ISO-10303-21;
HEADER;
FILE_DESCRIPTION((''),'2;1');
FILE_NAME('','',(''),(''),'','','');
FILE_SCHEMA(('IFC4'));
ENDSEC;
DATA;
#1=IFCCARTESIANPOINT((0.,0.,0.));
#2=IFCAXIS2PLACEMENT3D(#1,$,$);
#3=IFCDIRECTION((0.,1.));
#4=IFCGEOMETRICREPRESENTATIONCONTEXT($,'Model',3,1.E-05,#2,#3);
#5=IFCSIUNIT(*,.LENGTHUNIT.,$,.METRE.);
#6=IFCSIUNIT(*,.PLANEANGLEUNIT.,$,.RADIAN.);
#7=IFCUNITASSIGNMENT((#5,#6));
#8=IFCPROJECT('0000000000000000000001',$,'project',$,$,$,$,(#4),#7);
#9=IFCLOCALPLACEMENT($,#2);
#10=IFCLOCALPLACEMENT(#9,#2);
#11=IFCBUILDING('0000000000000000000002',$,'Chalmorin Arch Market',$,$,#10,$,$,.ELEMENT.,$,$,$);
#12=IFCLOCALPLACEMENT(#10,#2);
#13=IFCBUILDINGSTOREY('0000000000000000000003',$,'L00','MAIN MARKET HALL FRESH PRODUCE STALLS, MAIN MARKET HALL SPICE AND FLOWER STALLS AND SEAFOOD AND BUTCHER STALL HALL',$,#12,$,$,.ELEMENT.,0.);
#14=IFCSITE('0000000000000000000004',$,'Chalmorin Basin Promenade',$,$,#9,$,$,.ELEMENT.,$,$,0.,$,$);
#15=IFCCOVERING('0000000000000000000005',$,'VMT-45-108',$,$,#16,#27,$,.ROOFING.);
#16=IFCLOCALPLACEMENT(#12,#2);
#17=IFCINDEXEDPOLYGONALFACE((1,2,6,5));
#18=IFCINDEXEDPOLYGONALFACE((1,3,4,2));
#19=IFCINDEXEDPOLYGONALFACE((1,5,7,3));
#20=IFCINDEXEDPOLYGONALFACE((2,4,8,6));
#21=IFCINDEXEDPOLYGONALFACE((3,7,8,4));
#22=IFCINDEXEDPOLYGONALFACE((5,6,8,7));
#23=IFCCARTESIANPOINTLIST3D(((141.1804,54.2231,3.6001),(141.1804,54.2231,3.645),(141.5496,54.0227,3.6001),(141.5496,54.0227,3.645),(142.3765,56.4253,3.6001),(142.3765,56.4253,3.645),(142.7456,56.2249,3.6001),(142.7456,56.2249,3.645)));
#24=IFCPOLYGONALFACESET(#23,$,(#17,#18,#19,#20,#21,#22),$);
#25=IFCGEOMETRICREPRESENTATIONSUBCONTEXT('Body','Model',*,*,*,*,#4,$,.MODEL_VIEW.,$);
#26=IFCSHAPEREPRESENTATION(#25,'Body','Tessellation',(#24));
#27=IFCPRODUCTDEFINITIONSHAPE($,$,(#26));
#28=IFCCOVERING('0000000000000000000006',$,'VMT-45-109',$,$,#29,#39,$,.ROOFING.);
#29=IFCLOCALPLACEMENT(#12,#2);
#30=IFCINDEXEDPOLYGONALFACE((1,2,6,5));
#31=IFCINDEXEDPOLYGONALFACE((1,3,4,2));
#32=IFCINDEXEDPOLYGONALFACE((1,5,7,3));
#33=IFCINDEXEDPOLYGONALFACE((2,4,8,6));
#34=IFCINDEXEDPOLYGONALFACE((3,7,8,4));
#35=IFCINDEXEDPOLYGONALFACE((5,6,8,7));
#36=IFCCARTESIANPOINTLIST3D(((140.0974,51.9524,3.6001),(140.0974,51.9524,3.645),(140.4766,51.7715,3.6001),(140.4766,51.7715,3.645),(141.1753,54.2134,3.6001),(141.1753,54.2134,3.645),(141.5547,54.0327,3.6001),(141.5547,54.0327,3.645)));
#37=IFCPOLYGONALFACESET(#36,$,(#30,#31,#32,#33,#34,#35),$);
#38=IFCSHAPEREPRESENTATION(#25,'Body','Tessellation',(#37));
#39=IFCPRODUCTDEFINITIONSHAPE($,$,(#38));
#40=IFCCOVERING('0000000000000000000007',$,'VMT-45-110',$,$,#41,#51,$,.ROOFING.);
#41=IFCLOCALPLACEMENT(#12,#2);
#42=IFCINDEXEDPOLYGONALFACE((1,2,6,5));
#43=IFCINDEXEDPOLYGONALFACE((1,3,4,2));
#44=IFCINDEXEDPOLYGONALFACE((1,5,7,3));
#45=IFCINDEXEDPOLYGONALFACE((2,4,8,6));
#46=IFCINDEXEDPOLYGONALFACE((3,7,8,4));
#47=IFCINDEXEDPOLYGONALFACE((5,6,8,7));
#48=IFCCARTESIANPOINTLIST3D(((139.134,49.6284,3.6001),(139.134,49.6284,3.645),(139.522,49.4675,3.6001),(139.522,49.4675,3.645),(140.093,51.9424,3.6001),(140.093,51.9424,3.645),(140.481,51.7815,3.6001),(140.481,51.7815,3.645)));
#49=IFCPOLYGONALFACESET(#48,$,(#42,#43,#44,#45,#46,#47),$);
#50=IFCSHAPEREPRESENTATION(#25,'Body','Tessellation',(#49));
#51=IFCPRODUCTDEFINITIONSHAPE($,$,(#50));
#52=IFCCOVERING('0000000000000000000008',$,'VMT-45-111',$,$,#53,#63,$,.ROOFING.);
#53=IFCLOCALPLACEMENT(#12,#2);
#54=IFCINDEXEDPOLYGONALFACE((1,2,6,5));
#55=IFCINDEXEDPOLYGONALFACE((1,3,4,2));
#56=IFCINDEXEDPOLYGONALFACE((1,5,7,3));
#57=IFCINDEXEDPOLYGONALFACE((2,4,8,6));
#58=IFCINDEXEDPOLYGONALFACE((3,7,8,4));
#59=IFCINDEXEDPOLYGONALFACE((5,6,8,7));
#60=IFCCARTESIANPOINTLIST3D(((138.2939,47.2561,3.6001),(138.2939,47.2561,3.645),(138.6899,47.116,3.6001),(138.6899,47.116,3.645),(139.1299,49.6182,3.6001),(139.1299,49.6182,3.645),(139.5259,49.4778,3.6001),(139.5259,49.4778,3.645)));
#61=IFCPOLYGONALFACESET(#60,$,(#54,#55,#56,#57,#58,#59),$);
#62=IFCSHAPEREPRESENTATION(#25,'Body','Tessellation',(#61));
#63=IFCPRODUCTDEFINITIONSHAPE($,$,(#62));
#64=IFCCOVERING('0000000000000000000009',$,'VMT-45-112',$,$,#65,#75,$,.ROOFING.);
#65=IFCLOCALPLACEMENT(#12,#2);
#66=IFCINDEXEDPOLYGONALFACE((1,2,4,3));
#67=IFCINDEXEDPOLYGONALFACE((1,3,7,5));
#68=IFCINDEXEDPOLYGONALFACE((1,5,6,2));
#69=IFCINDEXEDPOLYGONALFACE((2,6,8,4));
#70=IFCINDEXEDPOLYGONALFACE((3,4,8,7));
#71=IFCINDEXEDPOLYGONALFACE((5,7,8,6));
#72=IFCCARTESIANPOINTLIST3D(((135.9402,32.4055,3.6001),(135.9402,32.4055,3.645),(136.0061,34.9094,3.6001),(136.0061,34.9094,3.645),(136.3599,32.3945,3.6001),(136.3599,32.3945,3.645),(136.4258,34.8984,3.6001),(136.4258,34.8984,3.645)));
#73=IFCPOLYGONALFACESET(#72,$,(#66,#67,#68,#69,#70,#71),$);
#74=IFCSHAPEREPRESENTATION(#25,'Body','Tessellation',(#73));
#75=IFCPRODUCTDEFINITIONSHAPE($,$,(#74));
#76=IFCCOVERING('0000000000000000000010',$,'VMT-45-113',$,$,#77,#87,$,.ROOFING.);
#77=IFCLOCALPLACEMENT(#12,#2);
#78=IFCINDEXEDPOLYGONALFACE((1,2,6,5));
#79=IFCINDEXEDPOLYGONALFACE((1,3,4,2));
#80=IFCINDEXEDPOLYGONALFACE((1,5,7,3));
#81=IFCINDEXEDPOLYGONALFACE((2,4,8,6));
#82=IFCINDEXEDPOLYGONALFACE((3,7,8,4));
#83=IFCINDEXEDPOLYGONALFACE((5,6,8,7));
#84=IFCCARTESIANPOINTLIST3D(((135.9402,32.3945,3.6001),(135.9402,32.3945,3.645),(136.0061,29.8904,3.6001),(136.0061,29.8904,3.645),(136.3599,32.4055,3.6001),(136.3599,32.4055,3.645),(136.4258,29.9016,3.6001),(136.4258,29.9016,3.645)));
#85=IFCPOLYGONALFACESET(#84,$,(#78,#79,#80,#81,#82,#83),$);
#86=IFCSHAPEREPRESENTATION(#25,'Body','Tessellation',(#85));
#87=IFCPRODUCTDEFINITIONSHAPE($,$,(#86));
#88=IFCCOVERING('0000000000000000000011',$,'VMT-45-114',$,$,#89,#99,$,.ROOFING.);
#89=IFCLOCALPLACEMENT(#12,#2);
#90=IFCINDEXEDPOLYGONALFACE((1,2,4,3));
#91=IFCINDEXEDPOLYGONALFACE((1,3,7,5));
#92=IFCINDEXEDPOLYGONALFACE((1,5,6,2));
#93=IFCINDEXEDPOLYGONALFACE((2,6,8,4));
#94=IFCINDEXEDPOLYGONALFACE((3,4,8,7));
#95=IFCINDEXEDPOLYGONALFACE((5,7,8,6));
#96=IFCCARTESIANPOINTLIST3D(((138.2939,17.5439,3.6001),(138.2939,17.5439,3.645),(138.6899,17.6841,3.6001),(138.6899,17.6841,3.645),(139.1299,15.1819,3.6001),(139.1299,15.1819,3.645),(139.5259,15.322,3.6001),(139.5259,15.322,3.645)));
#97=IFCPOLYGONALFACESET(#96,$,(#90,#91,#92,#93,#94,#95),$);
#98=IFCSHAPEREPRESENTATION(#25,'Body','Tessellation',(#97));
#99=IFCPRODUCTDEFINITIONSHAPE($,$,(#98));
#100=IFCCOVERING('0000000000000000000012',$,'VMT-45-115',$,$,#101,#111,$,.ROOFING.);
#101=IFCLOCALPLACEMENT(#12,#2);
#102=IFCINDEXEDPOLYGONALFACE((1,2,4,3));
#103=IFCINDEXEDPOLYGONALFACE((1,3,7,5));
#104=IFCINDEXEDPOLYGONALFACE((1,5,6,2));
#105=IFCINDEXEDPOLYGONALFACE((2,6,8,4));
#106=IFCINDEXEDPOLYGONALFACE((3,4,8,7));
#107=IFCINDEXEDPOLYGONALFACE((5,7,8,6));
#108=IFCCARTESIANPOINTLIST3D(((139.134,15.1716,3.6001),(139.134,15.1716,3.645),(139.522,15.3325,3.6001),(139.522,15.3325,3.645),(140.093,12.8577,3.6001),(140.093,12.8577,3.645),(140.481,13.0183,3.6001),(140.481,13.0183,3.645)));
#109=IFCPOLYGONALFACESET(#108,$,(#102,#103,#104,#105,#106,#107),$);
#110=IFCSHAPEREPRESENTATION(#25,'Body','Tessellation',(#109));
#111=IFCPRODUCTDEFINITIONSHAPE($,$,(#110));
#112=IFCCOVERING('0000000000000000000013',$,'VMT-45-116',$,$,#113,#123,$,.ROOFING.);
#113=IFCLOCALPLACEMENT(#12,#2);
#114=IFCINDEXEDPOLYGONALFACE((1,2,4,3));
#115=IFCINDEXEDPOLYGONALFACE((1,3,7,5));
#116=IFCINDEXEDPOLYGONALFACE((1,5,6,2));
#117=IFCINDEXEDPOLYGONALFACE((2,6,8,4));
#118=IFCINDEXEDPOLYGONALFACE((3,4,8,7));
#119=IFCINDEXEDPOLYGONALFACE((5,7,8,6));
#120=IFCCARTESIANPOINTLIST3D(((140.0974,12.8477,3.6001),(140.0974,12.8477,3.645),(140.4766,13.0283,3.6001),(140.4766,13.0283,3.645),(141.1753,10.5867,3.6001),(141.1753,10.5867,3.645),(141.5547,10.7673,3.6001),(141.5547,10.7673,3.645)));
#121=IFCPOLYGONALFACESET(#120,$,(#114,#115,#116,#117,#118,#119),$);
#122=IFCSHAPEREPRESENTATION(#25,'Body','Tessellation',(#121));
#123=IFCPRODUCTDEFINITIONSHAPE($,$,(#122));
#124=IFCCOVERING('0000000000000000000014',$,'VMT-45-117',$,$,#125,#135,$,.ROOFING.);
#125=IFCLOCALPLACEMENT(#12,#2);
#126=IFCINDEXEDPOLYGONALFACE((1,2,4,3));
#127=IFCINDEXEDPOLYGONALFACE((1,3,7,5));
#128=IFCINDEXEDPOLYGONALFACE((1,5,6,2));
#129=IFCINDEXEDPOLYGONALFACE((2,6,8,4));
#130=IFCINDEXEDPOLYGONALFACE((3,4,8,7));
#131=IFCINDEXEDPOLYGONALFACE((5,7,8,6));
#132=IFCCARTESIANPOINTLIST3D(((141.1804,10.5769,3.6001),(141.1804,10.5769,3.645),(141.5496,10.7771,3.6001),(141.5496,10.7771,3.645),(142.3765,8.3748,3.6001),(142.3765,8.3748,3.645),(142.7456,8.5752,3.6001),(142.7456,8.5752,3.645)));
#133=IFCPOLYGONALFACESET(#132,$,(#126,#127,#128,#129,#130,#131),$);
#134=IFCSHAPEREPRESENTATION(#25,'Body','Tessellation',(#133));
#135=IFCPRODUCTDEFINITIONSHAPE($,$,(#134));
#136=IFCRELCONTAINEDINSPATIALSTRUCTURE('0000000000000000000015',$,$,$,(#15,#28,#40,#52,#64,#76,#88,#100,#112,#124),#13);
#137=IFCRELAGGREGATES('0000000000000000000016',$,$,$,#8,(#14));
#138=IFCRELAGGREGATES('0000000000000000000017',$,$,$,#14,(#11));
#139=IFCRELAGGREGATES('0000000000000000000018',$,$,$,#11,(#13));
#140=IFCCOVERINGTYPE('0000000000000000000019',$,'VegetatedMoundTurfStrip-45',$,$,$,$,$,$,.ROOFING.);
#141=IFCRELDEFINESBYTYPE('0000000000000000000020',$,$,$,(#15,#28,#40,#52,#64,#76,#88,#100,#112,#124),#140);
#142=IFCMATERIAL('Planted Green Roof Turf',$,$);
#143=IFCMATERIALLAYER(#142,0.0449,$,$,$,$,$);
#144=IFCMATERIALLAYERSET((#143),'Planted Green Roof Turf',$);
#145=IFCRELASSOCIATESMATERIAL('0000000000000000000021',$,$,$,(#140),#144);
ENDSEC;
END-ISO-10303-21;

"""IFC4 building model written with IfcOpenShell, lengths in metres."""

from ifc_helpers import new_model, si_unit, direction, frame, origin, place, context, subcontext, project, spatial, polyline, outline, extrude, material, layer, layer_set, type_object, element, save


model = new_model("IFC4")

# Units and contexts
model_context = context("Model", 3, precision=1e-05, world=origin(), true_north=direction((0.0, 1.0)))
body_context = subcontext(model_context, "Body", "Model", "MODEL_VIEW")
ifc_project = project(units=[si_unit("LENGTHUNIT", "METRE"), si_unit("PLANEANGLEUNIT", "RADIAN")], contexts=[model_context])

# Site, building, storey
site_placement = place(None, origin())
site = spatial("IfcSite", under=ifc_project, at=site_placement, Name="Chalmorin Basin Promenade", CompositionType="ELEMENT", RefElevation=0.0)
building_placement = place(site_placement, origin())
building = spatial("IfcBuilding", under=site, at=building_placement, Name="Chalmorin Arch Market", CompositionType="ELEMENT")
storey_placement = place(building_placement, origin())
storey = spatial("IfcBuildingStorey", under=building, at=storey_placement, Name="L00", Description="MAIN MARKET HALL FRESH PRODUCE STALLS, MAIN MARKET HALL SPICE AND FLOWER STALLS AND SEAFOOD AND BUTCHER STALL HALL", CompositionType="ELEMENT", Elevation=0.0)

# Coverings
ifc_material_1 = material(Name="Planted Green Roof Turf")
ifc_layer_1 = layer(ifc_material_1, 0.0449)
ifc_layer_set_1 = layer_set([ifc_layer_1], Name="Planted Green Roof Turf")
covering_type = type_object("IfcCoveringType", Name="VegetatedMoundTurfStrip-45", PredefinedType="ROOFING", material=ifc_layer_set_1)
covering_1_placement = place(storey_placement, frame((0.0, 0.0, 3.6001)))
element("IfcCovering", 1, at=covering_1_placement, inside=storey, type_object=covering_type, Name="VMT-45-108", PredefinedType="ROOFING", context=body_context, shape_type="SweptSolid", body=[
    extrude(outline(polyline([(142.3765, 56.4253), (141.1804, 54.2231), (141.5496, 54.0227), (142.7456, 56.2249), (142.3765, 56.4253)])), origin(), (0.0, 0.0, 1.0), 0.0449),
])
covering_2_placement = place(storey_placement, frame((0.0, 0.0, 3.6001)))
element("IfcCovering", 2, at=covering_2_placement, inside=storey, type_object=covering_type, Name="VMT-45-109", PredefinedType="ROOFING", context=body_context, shape_type="SweptSolid", body=[
    extrude(outline(polyline([(141.1753, 54.2134), (140.0974, 51.9524), (140.4766, 51.7715), (141.5547, 54.0327), (141.1753, 54.2134)])), origin(), (0.0, 0.0, 1.0), 0.0449),
])
covering_3_placement = place(storey_placement, frame((0.0, 0.0, 3.6001)))
element("IfcCovering", 3, at=covering_3_placement, inside=storey, type_object=covering_type, Name="VMT-45-110", PredefinedType="ROOFING", context=body_context, shape_type="SweptSolid", body=[
    extrude(outline(polyline([(140.093, 51.9424), (139.134, 49.6284), (139.522, 49.4675), (140.481, 51.7815), (140.093, 51.9424)])), origin(), (0.0, 0.0, 1.0), 0.0449),
])
covering_4_placement = place(storey_placement, frame((0.0, 0.0, 3.6001)))
element("IfcCovering", 4, at=covering_4_placement, inside=storey, type_object=covering_type, Name="VMT-45-111", PredefinedType="ROOFING", context=body_context, shape_type="SweptSolid", body=[
    extrude(outline(polyline([(139.1299, 49.6182), (138.2939, 47.2561), (138.6899, 47.116), (139.5259, 49.4778), (139.1299, 49.6182)])), origin(), (0.0, 0.0, 1.0), 0.0449),
])
covering_5_placement = place(storey_placement, frame((0.0, 0.0, 3.6001)))
element("IfcCovering", 5, at=covering_5_placement, inside=storey, type_object=covering_type, Name="VMT-45-112", PredefinedType="ROOFING", context=body_context, shape_type="SweptSolid", body=[
    extrude(outline(polyline([(136.0061, 34.9094), (135.9402, 32.4055), (136.3599, 32.3945), (136.4258, 34.8984), (136.0061, 34.9094)])), origin(), (0.0, 0.0, 1.0), 0.0449),
])
covering_6_placement = place(storey_placement, frame((0.0, 0.0, 3.6001)))
element("IfcCovering", 6, at=covering_6_placement, inside=storey, type_object=covering_type, Name="VMT-45-113", PredefinedType="ROOFING", context=body_context, shape_type="SweptSolid", body=[
    extrude(outline(polyline([(135.9402, 32.3945), (136.0061, 29.8904), (136.4258, 29.9016), (136.3599, 32.4055), (135.9402, 32.3945)])), origin(), (0.0, 0.0, 1.0), 0.0449),
])
covering_7_placement = place(storey_placement, frame((0.0, 0.0, 3.6001)))
element("IfcCovering", 7, at=covering_7_placement, inside=storey, type_object=covering_type, Name="VMT-45-114", PredefinedType="ROOFING", context=body_context, shape_type="SweptSolid", body=[
    extrude(outline(polyline([(138.2939, 17.5439), (139.1299, 15.1819), (139.5259, 15.322), (138.6899, 17.6841), (138.2939, 17.5439)])), origin(), (0.0, 0.0, 1.0), 0.0449),
])
covering_8_placement = place(storey_placement, frame((0.0, 0.0, 3.6001)))
element("IfcCovering", 8, at=covering_8_placement, inside=storey, type_object=covering_type, Name="VMT-45-115", PredefinedType="ROOFING", context=body_context, shape_type="SweptSolid", body=[
    extrude(outline(polyline([(139.134, 15.1716), (140.093, 12.8577), (140.481, 13.0183), (139.522, 15.3325), (139.134, 15.1716)])), origin(), (0.0, 0.0, 1.0), 0.0449),
])
covering_9_placement = place(storey_placement, frame((0.0, 0.0, 3.6001)))
element("IfcCovering", 9, at=covering_9_placement, inside=storey, type_object=covering_type, Name="VMT-45-116", PredefinedType="ROOFING", context=body_context, shape_type="SweptSolid", body=[
    extrude(outline(polyline([(140.0974, 12.8477), (141.1753, 10.5867), (141.5547, 10.7673), (140.4766, 13.0283), (140.0974, 12.8477)])), origin(), (0.0, 0.0, 1.0), 0.0449),
])
covering_10_placement = place(storey_placement, frame((0.0, 0.0, 3.6001)))
element("IfcCovering", 10, at=covering_10_placement, inside=storey, type_object=covering_type, Name="VMT-45-117", PredefinedType="ROOFING", context=body_context, shape_type="SweptSolid", body=[
    extrude(outline(polyline([(141.1804, 10.5769), (142.3765, 8.3748), (142.7456, 8.5752), (141.5496, 10.7771), (141.1804, 10.5769)])), origin(), (0.0, 0.0, 1.0), 0.0449),
])

save(model, "model.ifc")
